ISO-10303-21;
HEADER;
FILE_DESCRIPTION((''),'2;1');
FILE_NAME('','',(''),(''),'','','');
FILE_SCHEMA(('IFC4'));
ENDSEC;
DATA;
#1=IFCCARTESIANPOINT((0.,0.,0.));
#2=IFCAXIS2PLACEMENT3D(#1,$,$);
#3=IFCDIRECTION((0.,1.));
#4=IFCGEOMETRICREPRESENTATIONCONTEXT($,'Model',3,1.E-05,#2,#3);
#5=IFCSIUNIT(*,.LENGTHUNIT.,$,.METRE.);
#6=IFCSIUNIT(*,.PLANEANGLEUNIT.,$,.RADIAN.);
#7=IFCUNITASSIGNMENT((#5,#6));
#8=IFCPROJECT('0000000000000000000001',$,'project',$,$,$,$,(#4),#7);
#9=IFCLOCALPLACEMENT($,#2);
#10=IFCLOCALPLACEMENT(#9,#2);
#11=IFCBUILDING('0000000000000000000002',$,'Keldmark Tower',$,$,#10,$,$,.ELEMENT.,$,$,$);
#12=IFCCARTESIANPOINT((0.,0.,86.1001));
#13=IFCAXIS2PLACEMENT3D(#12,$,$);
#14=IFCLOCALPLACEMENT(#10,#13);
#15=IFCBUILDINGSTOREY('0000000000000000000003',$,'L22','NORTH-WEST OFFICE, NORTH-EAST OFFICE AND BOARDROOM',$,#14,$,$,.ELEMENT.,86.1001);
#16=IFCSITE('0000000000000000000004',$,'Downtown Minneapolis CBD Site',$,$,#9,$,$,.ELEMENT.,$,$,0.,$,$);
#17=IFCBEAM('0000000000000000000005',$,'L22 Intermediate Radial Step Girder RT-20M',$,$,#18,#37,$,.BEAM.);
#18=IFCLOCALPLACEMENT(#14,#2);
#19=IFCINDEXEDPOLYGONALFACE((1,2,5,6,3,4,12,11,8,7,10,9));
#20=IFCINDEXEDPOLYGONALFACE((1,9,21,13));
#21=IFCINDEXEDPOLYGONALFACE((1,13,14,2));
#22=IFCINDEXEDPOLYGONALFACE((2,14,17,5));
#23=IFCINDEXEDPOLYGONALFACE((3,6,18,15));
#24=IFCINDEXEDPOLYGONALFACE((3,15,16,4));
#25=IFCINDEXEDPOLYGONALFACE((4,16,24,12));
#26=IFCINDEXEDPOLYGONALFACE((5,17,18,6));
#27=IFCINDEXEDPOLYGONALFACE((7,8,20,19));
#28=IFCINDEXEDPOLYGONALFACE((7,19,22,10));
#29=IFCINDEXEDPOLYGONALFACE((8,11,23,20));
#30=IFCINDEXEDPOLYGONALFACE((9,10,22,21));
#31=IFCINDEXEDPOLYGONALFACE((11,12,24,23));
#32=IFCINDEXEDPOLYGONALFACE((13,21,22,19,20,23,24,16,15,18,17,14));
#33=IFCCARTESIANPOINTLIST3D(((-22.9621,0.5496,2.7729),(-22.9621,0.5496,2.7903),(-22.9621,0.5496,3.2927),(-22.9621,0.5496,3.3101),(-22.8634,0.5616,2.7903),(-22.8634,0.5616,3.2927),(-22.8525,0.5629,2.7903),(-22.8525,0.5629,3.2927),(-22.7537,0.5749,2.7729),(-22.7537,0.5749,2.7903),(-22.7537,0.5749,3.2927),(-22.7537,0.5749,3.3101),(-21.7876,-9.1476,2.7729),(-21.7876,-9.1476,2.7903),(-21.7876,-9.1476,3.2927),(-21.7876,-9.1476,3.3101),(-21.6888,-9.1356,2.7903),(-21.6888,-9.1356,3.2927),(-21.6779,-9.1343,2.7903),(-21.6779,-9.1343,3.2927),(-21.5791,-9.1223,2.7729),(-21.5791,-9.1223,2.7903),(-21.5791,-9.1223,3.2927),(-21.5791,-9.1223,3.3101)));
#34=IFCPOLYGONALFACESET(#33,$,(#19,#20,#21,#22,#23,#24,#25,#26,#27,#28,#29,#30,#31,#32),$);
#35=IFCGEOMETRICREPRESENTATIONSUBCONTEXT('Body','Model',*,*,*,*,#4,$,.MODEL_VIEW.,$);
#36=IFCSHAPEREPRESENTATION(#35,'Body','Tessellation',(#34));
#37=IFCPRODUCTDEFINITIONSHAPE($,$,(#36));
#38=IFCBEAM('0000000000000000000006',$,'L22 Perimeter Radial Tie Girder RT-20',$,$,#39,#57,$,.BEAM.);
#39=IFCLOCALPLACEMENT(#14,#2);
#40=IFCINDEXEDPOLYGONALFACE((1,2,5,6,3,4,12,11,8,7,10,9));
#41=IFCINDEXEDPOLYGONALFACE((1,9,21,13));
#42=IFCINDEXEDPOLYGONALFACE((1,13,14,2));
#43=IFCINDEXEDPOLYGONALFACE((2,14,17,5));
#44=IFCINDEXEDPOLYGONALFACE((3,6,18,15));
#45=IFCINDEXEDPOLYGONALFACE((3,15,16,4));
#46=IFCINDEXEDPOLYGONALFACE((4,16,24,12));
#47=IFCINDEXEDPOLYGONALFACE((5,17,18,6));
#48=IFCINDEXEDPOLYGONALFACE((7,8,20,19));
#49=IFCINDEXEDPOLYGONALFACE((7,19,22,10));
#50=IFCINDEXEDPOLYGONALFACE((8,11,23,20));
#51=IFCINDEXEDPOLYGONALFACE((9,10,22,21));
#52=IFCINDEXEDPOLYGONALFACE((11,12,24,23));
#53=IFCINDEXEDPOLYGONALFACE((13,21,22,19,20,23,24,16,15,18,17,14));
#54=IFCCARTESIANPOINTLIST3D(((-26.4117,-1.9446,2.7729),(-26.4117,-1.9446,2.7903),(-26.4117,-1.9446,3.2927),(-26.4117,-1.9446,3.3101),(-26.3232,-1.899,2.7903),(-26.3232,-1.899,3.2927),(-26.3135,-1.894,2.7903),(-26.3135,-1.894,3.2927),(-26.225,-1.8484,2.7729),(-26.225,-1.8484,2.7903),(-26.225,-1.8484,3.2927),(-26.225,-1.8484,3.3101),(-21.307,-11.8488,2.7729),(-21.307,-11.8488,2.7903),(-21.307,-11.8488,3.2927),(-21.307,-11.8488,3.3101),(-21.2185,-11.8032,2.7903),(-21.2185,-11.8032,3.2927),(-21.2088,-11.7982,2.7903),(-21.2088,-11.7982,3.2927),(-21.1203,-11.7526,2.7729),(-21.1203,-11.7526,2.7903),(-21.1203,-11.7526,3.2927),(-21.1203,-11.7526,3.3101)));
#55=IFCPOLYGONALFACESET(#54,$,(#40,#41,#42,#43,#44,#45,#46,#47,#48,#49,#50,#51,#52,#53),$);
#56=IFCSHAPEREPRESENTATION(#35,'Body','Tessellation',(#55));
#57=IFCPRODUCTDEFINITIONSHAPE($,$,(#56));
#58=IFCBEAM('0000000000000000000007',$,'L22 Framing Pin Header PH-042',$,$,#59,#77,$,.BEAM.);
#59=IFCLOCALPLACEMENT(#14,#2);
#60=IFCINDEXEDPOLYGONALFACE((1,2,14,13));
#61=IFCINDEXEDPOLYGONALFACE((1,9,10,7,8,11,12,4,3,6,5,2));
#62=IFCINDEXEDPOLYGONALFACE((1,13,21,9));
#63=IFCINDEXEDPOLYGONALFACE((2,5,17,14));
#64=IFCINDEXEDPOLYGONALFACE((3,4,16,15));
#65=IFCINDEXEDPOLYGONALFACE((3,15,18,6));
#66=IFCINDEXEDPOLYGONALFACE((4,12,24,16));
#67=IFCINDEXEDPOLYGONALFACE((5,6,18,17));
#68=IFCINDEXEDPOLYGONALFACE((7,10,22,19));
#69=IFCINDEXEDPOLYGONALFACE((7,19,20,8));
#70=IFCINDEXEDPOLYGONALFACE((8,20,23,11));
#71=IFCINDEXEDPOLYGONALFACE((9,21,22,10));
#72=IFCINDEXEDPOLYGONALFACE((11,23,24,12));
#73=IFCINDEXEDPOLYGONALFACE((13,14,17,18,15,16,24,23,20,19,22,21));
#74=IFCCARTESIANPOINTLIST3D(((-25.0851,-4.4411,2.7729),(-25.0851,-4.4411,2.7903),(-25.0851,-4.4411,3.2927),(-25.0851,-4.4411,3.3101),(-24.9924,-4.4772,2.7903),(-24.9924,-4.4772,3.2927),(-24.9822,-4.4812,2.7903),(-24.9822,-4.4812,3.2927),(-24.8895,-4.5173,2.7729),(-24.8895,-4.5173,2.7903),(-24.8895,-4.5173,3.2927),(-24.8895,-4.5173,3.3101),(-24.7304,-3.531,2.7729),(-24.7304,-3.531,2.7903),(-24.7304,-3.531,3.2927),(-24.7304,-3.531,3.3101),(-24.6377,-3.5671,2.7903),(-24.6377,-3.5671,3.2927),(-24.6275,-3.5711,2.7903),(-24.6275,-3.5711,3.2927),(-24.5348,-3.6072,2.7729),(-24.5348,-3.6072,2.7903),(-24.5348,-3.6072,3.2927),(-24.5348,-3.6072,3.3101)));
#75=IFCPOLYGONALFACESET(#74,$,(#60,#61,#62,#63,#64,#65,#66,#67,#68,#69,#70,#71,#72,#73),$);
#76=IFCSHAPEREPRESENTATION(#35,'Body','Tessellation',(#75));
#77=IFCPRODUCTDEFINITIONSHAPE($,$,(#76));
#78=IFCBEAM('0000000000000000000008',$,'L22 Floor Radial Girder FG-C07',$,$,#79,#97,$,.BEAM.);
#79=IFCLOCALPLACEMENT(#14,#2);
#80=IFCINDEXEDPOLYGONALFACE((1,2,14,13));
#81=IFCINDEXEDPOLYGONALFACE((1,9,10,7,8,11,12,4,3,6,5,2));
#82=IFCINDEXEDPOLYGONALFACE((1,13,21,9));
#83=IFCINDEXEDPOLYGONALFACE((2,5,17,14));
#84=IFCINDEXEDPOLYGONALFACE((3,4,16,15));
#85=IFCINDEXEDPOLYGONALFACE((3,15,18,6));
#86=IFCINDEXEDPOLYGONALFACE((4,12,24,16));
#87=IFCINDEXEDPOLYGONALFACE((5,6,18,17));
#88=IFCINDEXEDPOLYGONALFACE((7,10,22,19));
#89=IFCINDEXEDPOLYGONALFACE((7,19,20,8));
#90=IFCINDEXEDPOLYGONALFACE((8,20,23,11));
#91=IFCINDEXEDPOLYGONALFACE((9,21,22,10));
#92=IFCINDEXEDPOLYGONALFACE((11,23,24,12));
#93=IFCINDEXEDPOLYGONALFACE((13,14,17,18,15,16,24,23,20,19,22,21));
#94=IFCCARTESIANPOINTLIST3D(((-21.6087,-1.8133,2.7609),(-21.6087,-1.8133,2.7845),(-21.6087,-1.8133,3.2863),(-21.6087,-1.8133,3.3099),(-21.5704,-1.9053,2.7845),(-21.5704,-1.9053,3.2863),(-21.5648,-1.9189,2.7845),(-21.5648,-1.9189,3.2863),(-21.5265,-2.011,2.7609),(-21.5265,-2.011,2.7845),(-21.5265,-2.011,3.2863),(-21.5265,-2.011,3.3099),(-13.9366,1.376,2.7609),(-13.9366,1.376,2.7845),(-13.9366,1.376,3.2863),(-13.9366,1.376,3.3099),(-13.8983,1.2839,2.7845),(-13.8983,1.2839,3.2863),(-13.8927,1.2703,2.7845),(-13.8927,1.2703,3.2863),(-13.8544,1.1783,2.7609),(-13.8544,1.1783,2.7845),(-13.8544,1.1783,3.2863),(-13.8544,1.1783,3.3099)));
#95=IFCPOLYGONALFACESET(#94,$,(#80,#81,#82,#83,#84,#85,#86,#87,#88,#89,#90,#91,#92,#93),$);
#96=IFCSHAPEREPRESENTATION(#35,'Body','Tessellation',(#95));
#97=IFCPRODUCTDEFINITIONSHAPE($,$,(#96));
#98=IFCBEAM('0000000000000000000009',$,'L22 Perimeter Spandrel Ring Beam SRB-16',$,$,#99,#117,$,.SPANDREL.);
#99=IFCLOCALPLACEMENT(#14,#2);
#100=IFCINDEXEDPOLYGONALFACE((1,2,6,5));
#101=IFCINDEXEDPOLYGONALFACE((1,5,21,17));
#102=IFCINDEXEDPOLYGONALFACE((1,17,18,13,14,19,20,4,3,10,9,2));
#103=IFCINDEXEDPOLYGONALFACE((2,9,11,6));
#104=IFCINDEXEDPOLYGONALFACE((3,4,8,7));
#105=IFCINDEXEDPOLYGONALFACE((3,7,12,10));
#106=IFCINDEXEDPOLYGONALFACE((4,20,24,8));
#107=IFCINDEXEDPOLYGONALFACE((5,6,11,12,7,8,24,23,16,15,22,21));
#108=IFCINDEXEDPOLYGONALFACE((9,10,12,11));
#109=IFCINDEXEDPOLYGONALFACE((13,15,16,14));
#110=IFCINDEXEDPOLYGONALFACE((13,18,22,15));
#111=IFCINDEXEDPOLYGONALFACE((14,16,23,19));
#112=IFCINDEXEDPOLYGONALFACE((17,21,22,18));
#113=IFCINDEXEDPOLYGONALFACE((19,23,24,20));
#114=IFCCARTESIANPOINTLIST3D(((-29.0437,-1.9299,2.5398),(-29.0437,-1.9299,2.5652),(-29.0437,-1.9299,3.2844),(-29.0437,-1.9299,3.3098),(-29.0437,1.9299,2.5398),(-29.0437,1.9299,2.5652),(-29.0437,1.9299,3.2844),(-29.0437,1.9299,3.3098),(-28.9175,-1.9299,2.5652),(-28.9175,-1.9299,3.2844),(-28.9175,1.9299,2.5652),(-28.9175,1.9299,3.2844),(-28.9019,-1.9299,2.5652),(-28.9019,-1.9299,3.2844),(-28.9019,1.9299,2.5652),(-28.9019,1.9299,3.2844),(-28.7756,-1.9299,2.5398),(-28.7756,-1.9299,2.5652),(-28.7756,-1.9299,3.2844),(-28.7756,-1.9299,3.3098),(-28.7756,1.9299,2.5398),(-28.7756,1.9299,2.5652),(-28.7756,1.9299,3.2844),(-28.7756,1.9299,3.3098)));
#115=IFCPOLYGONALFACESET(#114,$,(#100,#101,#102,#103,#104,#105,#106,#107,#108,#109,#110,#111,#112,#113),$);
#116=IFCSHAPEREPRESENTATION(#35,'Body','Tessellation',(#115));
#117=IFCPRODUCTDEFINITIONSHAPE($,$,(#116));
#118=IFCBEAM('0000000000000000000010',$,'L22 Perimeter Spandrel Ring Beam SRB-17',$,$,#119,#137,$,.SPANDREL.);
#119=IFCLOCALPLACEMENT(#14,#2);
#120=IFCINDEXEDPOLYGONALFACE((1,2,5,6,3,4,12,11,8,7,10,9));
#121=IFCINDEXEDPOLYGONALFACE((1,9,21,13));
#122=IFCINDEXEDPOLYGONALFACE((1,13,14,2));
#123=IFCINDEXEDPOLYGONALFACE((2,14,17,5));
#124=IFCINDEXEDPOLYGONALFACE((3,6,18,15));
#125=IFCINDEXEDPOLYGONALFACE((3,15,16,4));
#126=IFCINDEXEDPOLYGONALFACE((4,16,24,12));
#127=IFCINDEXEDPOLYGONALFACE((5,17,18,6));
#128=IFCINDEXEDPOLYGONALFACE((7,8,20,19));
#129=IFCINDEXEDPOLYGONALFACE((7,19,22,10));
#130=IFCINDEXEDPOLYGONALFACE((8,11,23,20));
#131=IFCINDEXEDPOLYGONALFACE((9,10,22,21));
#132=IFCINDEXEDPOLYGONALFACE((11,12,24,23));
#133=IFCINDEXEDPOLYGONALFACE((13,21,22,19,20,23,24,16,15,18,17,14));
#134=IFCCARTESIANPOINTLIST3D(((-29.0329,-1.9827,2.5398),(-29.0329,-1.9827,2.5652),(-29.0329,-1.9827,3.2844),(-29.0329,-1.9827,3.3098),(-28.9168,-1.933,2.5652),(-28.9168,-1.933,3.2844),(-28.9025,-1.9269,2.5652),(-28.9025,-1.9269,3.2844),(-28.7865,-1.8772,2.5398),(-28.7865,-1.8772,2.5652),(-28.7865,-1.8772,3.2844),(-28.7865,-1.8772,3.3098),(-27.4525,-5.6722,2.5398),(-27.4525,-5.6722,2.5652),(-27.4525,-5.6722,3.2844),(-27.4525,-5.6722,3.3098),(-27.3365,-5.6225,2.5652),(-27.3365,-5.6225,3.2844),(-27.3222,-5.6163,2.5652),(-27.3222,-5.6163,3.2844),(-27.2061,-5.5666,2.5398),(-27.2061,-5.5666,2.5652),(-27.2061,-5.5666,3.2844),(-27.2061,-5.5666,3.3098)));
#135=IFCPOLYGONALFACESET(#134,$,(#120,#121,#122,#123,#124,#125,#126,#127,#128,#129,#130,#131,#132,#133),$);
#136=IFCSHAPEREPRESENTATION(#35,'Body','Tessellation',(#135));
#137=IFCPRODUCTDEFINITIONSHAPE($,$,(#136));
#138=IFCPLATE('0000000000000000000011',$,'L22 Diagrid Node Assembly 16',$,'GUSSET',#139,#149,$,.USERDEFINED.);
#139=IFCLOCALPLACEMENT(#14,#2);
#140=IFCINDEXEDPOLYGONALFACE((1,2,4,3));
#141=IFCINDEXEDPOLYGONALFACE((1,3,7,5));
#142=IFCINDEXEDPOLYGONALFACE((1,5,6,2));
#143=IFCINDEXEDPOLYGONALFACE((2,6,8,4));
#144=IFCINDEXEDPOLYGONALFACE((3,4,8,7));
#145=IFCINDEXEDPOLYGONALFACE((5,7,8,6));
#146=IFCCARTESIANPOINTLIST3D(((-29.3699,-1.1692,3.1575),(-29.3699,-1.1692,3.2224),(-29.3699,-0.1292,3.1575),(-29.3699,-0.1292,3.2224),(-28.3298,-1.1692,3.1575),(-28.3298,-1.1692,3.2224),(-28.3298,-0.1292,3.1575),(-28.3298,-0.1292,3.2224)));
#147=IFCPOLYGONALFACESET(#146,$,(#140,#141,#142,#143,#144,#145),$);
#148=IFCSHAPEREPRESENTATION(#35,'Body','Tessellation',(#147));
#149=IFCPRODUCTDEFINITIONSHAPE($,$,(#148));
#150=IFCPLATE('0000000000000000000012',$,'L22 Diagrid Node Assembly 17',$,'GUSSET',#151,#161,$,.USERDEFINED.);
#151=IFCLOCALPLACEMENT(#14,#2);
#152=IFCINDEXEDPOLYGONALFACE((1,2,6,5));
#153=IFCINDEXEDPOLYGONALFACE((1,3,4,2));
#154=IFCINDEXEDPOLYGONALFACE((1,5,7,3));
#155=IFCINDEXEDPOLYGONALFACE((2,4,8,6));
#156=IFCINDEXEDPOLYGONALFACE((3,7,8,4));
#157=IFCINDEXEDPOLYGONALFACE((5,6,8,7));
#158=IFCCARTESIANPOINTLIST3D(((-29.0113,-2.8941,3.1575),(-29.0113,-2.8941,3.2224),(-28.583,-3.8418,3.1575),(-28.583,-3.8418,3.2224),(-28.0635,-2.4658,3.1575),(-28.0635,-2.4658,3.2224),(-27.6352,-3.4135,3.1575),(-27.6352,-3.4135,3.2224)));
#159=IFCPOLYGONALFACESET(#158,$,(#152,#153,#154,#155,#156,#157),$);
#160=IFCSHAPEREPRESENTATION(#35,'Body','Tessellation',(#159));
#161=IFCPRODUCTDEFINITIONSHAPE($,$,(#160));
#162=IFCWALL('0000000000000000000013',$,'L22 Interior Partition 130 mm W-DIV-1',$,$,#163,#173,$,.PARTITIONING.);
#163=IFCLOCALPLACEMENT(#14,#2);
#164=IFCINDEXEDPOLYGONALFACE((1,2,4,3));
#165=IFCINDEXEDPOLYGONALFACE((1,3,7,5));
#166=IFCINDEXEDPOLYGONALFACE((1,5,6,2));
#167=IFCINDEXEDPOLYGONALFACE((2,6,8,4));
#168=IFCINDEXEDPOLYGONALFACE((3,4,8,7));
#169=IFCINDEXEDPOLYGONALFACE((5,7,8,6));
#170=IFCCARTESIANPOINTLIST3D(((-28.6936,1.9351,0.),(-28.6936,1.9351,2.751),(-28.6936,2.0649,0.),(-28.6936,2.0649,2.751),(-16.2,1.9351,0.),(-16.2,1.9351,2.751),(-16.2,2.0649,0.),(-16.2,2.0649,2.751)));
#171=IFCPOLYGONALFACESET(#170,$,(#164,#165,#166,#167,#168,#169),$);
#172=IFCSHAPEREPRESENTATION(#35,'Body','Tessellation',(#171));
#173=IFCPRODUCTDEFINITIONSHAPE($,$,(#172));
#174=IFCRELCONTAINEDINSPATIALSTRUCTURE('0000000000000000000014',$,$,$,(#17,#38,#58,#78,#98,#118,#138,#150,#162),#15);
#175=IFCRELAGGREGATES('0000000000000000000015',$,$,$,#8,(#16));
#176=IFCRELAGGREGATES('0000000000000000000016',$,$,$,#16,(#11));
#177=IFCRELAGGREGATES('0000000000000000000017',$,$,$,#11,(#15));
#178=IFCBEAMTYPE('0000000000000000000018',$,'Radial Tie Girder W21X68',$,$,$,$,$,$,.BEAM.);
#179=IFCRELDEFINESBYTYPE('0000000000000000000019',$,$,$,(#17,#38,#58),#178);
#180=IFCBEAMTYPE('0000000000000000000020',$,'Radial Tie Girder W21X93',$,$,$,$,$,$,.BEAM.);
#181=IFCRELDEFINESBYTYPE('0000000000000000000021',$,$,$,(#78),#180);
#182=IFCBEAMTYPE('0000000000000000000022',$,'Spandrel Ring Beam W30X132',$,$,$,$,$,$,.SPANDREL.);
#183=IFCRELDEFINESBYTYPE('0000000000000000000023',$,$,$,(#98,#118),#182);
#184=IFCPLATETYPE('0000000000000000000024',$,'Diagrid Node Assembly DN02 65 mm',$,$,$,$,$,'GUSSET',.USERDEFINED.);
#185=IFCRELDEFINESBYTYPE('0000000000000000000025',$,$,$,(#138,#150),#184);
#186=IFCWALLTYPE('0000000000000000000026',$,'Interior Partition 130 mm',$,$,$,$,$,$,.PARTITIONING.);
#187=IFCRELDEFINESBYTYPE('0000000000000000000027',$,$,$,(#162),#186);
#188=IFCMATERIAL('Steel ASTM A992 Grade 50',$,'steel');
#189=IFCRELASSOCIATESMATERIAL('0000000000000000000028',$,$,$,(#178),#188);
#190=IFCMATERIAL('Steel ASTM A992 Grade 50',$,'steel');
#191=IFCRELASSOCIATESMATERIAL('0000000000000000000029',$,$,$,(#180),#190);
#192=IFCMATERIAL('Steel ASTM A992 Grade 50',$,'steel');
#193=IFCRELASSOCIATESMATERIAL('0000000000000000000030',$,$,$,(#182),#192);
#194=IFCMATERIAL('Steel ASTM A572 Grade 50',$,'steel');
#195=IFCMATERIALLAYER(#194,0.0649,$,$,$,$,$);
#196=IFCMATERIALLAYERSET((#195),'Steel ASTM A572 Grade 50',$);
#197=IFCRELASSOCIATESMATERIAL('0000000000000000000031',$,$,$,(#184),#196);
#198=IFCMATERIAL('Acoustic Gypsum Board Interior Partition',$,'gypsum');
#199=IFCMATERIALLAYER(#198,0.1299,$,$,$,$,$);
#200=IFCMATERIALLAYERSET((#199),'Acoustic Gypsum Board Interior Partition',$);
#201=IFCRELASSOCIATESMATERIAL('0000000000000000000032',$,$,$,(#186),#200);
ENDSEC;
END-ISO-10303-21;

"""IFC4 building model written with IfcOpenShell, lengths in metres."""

from ifc_helpers import new_model, si_unit, direction, frame, frame_2d, origin, origin_2d, place, context, subcontext, project, spatial, rectangle, i_section, extrude, material, layer, layer_set, material_profile, profile_set, type_object, element, save


model = new_model("IFC4")

# Units and contexts
model_context = context("Model", 3, precision=1e-05, world=origin(), true_north=direction((0.0, 1.0)))
body_context = subcontext(model_context, "Body", "Model", "MODEL_VIEW")
ifc_project = project(units=[si_unit("LENGTHUNIT", "METRE"), si_unit("PLANEANGLEUNIT", "RADIAN")], contexts=[model_context])

# Site, building, storey
site_placement = place(None, origin())
site = spatial("IfcSite", under=ifc_project, at=site_placement, Name="Downtown Minneapolis CBD Site", CompositionType="ELEMENT", RefElevation=0.0)
building_placement = place(site_placement, origin())
building = spatial("IfcBuilding", under=site, at=building_placement, Name="Keldmark Tower", CompositionType="ELEMENT")
storey_placement = place(building_placement, frame((0.0, 0.0, 86.1001)))
storey = spatial("IfcBuildingStorey", under=building, at=storey_placement, Name="L22", Description="NORTH-WEST OFFICE, NORTH-EAST OFFICE AND BOARDROOM", CompositionType="ELEMENT", Elevation=86.1001)

# Beams
ifc_material_1 = material(Name="Steel ASTM A992 Grade 50", Category="steel")
ifc_material_profile_1 = material_profile(ifc_material_1, i_section(OverallWidth=0.21, OverallDepth=0.5371, WebThickness=0.011, FlangeThickness=0.0173, at=origin_2d()), Name="W21X68")
ifc_profile_set_1 = profile_set([ifc_material_profile_1], Name="Steel ASTM A992 Grade 50")
beam_type_1 = type_object("IfcBeamType", Name="Radial Tie Girder W21X68", PredefinedType="BEAM", material=ifc_profile_set_1)
beam_1_placement = place(storey_placement, frame((-22.8579, 0.5623, 3.0415), z_axis=(0.120244, -0.992744, 0.0), x_axis=(0.992744, 0.120244, 0.0)))
element("IfcBeam", 1, at=beam_1_placement, inside=storey, type_object=beam_type_1, Name="L22 Intermediate Radial Step Girder RT-20M", PredefinedType="BEAM", context=body_context, shape_type="SweptSolid", body=[
    extrude(i_section(OverallWidth=0.21, OverallDepth=0.5371, WebThickness=0.011, FlangeThickness=0.0173, at=origin_2d()), origin(), (0.0, 0.0, 1.0), 9.7681),
])
beam_2_placement = place(storey_placement, frame((-26.3184, -1.8965, 3.0415), z_axis=(0.458136, -0.888882, 0.0), x_axis=(0.888882, 0.458136, 0.0)))
element("IfcBeam", 2, at=beam_2_placement, inside=storey, type_object=beam_type_1, Name="L22 Perimeter Radial Tie Girder RT-20", PredefinedType="BEAM", context=body_context, shape_type="SweptSolid", body=[
    extrude(i_section(OverallWidth=0.21, OverallDepth=0.5371, WebThickness=0.011, FlangeThickness=0.0173, at=origin_2d()), origin(), (0.0, 0.0, 1.0), 11.1423),
])
beam_3_placement = place(storey_placement, frame((-24.6326, -3.5691, 3.0415), z_axis=(-0.363146, -0.931732, 0.0), x_axis=(0.931732, -0.363146, 0.0)))
element("IfcBeam", 3, at=beam_3_placement, inside=storey, type_object=beam_type_1, Name="L22 Framing Pin Header PH-042", PredefinedType="BEAM", context=body_context, shape_type="SweptSolid", body=[
    extrude(i_section(OverallWidth=0.21, OverallDepth=0.5371, WebThickness=0.011, FlangeThickness=0.0173, at=origin_2d()), origin(), (0.0, 0.0, 1.0), 0.9768),
])
ifc_material_2 = material(Name="Steel ASTM A992 Grade 50", Category="steel")
ifc_material_profile_2 = material_profile(ifc_material_2, i_section(OverallWidth=0.2141, OverallDepth=0.5491, WebThickness=0.0146, FlangeThickness=0.0237, at=origin_2d()), Name="W21X93")
ifc_profile_set_2 = profile_set([ifc_material_profile_2], Name="Steel ASTM A992 Grade 50")
beam_type_2 = type_object("IfcBeamType", Name="Radial Tie Girder W21X93", PredefinedType="BEAM", material=ifc_profile_set_2)
beam_4_placement = place(storey_placement, frame((-21.5676, -1.9121, 3.0354), z_axis=(0.923397, 0.383845, 0.0), x_axis=(-0.383845, 0.923397, 0.0)))
element("IfcBeam", 4, at=beam_4_placement, inside=storey, type_object=beam_type_2, Name="L22 Floor Radial Girder FG-C07", PredefinedType="BEAM", context=body_context, shape_type="SweptSolid", body=[
    extrude(i_section(OverallWidth=0.2141, OverallDepth=0.5491, WebThickness=0.0146, FlangeThickness=0.0237, at=origin_2d()), origin(), (0.0, 0.0, 1.0), 8.3086),
])
ifc_material_3 = material(Name="Steel ASTM A992 Grade 50", Category="steel")
ifc_material_profile_3 = material_profile(ifc_material_3, i_section(OverallWidth=0.2681, OverallDepth=0.77, WebThickness=0.0156, FlangeThickness=0.0254, at=origin_2d()), Name="W30X132")
ifc_profile_set_3 = profile_set([ifc_material_profile_3], Name="Steel ASTM A992 Grade 50")
beam_type_3 = type_object("IfcBeamType", Name="Spandrel Ring Beam W30X132", PredefinedType="SPANDREL", material=ifc_profile_set_3)
beam_5_placement = place(storey_placement, frame((-28.9097, 1.9299, 2.9248), z_axis=(0.0, -1.0, 0.0), x_axis=(1.0, 0.0, 0.0)))
element("IfcBeam", 5, at=beam_5_placement, inside=storey, type_object=beam_type_3, Name="L22 Perimeter Spandrel Ring Beam SRB-16", PredefinedType="SPANDREL", context=body_context, shape_type="SweptSolid", body=[
    extrude(i_section(OverallWidth=0.2681, OverallDepth=0.77, WebThickness=0.0156, FlangeThickness=0.0254, at=origin_2d()), origin(), (0.0, 0.0, 1.0), 3.8599),
])
beam_6_placement = place(storey_placement, frame((-28.9097, -1.9299, 2.9248), z_axis=(0.393736, -0.919224, 0.0), x_axis=(0.919224, 0.393736, 0.0)))
element("IfcBeam", 6, at=beam_6_placement, inside=storey, type_object=beam_type_3, Name="L22 Perimeter Spandrel Ring Beam SRB-17", PredefinedType="SPANDREL", context=body_context, shape_type="SweptSolid", body=[
    extrude(i_section(OverallWidth=0.2681, OverallDepth=0.77, WebThickness=0.0156, FlangeThickness=0.0254, at=origin_2d()), origin(), (0.0, 0.0, 1.0), 4.0137),
])

# Plates
ifc_material_4 = material(Name="Steel ASTM A572 Grade 50", Category="steel")
ifc_layer_1 = layer(ifc_material_4, 0.0649)
ifc_layer_set_1 = layer_set([ifc_layer_1], Name="Steel ASTM A572 Grade 50")
plate_type = type_object("IfcPlateType", Name="Diagrid Node Assembly DN02 65 mm", ElementType="GUSSET", PredefinedType="USERDEFINED", material=ifc_layer_set_1)
for number, where, z_axis, x_axis, name in (
    (7, (-28.8499, -0.6492, 3.1575), (0.0, 0.0, 1.0), (0.0, -1.0, 0.0), "L22 Diagrid Node Assembly 16"),
    (8, (-28.3232, -3.1538, 3.1575), (0.0, 0.0, 1.0), (0.411832, -0.91126, 0.0), "L22 Diagrid Node Assembly 17"),
):
    element("IfcPlate", number, at=place(storey_placement, frame(where, z_axis=z_axis, x_axis=x_axis)), inside=storey, type_object=plate_type, Name=name, ObjectType="GUSSET", PredefinedType="USERDEFINED", context=body_context, shape_type="SweptSolid", body=[
        extrude(rectangle(XDim=1.04, YDim=1.04, at=origin_2d()), origin(), (0.0, 0.0, 1.0), 0.0649),
    ])

# Wall
ifc_material_5 = material(Name="Acoustic Gypsum Board Interior Partition", Category="gypsum")
ifc_layer_2 = layer(ifc_material_5, 0.1299)
ifc_layer_set_2 = layer_set([ifc_layer_2], Name="Acoustic Gypsum Board Interior Partition")
wall_type_1 = type_object("IfcWallType", Name="Interior Partition 130 mm", PredefinedType="PARTITIONING", material=ifc_layer_set_2)
wall_1_placement = place(storey_placement, frame((-28.6936, 2.0, 0.0), z_axis=(0.0, 0.0, 1.0), x_axis=(1.0, 0.0, 0.0)))
element("IfcWall", 9, at=wall_1_placement, inside=storey, type_object=wall_type_1, Name="L22 Interior Partition 130 mm W-DIV-1", PredefinedType="PARTITIONING", context=body_context, shape_type="SweptSolid", body=[
    extrude(rectangle(XDim=12.4937, YDim=0.1299, at=frame_2d((6.2468, 0.0))), origin(), (0.0, 0.0, 1.0), 2.751),
])

save(model, "model.ifc")
